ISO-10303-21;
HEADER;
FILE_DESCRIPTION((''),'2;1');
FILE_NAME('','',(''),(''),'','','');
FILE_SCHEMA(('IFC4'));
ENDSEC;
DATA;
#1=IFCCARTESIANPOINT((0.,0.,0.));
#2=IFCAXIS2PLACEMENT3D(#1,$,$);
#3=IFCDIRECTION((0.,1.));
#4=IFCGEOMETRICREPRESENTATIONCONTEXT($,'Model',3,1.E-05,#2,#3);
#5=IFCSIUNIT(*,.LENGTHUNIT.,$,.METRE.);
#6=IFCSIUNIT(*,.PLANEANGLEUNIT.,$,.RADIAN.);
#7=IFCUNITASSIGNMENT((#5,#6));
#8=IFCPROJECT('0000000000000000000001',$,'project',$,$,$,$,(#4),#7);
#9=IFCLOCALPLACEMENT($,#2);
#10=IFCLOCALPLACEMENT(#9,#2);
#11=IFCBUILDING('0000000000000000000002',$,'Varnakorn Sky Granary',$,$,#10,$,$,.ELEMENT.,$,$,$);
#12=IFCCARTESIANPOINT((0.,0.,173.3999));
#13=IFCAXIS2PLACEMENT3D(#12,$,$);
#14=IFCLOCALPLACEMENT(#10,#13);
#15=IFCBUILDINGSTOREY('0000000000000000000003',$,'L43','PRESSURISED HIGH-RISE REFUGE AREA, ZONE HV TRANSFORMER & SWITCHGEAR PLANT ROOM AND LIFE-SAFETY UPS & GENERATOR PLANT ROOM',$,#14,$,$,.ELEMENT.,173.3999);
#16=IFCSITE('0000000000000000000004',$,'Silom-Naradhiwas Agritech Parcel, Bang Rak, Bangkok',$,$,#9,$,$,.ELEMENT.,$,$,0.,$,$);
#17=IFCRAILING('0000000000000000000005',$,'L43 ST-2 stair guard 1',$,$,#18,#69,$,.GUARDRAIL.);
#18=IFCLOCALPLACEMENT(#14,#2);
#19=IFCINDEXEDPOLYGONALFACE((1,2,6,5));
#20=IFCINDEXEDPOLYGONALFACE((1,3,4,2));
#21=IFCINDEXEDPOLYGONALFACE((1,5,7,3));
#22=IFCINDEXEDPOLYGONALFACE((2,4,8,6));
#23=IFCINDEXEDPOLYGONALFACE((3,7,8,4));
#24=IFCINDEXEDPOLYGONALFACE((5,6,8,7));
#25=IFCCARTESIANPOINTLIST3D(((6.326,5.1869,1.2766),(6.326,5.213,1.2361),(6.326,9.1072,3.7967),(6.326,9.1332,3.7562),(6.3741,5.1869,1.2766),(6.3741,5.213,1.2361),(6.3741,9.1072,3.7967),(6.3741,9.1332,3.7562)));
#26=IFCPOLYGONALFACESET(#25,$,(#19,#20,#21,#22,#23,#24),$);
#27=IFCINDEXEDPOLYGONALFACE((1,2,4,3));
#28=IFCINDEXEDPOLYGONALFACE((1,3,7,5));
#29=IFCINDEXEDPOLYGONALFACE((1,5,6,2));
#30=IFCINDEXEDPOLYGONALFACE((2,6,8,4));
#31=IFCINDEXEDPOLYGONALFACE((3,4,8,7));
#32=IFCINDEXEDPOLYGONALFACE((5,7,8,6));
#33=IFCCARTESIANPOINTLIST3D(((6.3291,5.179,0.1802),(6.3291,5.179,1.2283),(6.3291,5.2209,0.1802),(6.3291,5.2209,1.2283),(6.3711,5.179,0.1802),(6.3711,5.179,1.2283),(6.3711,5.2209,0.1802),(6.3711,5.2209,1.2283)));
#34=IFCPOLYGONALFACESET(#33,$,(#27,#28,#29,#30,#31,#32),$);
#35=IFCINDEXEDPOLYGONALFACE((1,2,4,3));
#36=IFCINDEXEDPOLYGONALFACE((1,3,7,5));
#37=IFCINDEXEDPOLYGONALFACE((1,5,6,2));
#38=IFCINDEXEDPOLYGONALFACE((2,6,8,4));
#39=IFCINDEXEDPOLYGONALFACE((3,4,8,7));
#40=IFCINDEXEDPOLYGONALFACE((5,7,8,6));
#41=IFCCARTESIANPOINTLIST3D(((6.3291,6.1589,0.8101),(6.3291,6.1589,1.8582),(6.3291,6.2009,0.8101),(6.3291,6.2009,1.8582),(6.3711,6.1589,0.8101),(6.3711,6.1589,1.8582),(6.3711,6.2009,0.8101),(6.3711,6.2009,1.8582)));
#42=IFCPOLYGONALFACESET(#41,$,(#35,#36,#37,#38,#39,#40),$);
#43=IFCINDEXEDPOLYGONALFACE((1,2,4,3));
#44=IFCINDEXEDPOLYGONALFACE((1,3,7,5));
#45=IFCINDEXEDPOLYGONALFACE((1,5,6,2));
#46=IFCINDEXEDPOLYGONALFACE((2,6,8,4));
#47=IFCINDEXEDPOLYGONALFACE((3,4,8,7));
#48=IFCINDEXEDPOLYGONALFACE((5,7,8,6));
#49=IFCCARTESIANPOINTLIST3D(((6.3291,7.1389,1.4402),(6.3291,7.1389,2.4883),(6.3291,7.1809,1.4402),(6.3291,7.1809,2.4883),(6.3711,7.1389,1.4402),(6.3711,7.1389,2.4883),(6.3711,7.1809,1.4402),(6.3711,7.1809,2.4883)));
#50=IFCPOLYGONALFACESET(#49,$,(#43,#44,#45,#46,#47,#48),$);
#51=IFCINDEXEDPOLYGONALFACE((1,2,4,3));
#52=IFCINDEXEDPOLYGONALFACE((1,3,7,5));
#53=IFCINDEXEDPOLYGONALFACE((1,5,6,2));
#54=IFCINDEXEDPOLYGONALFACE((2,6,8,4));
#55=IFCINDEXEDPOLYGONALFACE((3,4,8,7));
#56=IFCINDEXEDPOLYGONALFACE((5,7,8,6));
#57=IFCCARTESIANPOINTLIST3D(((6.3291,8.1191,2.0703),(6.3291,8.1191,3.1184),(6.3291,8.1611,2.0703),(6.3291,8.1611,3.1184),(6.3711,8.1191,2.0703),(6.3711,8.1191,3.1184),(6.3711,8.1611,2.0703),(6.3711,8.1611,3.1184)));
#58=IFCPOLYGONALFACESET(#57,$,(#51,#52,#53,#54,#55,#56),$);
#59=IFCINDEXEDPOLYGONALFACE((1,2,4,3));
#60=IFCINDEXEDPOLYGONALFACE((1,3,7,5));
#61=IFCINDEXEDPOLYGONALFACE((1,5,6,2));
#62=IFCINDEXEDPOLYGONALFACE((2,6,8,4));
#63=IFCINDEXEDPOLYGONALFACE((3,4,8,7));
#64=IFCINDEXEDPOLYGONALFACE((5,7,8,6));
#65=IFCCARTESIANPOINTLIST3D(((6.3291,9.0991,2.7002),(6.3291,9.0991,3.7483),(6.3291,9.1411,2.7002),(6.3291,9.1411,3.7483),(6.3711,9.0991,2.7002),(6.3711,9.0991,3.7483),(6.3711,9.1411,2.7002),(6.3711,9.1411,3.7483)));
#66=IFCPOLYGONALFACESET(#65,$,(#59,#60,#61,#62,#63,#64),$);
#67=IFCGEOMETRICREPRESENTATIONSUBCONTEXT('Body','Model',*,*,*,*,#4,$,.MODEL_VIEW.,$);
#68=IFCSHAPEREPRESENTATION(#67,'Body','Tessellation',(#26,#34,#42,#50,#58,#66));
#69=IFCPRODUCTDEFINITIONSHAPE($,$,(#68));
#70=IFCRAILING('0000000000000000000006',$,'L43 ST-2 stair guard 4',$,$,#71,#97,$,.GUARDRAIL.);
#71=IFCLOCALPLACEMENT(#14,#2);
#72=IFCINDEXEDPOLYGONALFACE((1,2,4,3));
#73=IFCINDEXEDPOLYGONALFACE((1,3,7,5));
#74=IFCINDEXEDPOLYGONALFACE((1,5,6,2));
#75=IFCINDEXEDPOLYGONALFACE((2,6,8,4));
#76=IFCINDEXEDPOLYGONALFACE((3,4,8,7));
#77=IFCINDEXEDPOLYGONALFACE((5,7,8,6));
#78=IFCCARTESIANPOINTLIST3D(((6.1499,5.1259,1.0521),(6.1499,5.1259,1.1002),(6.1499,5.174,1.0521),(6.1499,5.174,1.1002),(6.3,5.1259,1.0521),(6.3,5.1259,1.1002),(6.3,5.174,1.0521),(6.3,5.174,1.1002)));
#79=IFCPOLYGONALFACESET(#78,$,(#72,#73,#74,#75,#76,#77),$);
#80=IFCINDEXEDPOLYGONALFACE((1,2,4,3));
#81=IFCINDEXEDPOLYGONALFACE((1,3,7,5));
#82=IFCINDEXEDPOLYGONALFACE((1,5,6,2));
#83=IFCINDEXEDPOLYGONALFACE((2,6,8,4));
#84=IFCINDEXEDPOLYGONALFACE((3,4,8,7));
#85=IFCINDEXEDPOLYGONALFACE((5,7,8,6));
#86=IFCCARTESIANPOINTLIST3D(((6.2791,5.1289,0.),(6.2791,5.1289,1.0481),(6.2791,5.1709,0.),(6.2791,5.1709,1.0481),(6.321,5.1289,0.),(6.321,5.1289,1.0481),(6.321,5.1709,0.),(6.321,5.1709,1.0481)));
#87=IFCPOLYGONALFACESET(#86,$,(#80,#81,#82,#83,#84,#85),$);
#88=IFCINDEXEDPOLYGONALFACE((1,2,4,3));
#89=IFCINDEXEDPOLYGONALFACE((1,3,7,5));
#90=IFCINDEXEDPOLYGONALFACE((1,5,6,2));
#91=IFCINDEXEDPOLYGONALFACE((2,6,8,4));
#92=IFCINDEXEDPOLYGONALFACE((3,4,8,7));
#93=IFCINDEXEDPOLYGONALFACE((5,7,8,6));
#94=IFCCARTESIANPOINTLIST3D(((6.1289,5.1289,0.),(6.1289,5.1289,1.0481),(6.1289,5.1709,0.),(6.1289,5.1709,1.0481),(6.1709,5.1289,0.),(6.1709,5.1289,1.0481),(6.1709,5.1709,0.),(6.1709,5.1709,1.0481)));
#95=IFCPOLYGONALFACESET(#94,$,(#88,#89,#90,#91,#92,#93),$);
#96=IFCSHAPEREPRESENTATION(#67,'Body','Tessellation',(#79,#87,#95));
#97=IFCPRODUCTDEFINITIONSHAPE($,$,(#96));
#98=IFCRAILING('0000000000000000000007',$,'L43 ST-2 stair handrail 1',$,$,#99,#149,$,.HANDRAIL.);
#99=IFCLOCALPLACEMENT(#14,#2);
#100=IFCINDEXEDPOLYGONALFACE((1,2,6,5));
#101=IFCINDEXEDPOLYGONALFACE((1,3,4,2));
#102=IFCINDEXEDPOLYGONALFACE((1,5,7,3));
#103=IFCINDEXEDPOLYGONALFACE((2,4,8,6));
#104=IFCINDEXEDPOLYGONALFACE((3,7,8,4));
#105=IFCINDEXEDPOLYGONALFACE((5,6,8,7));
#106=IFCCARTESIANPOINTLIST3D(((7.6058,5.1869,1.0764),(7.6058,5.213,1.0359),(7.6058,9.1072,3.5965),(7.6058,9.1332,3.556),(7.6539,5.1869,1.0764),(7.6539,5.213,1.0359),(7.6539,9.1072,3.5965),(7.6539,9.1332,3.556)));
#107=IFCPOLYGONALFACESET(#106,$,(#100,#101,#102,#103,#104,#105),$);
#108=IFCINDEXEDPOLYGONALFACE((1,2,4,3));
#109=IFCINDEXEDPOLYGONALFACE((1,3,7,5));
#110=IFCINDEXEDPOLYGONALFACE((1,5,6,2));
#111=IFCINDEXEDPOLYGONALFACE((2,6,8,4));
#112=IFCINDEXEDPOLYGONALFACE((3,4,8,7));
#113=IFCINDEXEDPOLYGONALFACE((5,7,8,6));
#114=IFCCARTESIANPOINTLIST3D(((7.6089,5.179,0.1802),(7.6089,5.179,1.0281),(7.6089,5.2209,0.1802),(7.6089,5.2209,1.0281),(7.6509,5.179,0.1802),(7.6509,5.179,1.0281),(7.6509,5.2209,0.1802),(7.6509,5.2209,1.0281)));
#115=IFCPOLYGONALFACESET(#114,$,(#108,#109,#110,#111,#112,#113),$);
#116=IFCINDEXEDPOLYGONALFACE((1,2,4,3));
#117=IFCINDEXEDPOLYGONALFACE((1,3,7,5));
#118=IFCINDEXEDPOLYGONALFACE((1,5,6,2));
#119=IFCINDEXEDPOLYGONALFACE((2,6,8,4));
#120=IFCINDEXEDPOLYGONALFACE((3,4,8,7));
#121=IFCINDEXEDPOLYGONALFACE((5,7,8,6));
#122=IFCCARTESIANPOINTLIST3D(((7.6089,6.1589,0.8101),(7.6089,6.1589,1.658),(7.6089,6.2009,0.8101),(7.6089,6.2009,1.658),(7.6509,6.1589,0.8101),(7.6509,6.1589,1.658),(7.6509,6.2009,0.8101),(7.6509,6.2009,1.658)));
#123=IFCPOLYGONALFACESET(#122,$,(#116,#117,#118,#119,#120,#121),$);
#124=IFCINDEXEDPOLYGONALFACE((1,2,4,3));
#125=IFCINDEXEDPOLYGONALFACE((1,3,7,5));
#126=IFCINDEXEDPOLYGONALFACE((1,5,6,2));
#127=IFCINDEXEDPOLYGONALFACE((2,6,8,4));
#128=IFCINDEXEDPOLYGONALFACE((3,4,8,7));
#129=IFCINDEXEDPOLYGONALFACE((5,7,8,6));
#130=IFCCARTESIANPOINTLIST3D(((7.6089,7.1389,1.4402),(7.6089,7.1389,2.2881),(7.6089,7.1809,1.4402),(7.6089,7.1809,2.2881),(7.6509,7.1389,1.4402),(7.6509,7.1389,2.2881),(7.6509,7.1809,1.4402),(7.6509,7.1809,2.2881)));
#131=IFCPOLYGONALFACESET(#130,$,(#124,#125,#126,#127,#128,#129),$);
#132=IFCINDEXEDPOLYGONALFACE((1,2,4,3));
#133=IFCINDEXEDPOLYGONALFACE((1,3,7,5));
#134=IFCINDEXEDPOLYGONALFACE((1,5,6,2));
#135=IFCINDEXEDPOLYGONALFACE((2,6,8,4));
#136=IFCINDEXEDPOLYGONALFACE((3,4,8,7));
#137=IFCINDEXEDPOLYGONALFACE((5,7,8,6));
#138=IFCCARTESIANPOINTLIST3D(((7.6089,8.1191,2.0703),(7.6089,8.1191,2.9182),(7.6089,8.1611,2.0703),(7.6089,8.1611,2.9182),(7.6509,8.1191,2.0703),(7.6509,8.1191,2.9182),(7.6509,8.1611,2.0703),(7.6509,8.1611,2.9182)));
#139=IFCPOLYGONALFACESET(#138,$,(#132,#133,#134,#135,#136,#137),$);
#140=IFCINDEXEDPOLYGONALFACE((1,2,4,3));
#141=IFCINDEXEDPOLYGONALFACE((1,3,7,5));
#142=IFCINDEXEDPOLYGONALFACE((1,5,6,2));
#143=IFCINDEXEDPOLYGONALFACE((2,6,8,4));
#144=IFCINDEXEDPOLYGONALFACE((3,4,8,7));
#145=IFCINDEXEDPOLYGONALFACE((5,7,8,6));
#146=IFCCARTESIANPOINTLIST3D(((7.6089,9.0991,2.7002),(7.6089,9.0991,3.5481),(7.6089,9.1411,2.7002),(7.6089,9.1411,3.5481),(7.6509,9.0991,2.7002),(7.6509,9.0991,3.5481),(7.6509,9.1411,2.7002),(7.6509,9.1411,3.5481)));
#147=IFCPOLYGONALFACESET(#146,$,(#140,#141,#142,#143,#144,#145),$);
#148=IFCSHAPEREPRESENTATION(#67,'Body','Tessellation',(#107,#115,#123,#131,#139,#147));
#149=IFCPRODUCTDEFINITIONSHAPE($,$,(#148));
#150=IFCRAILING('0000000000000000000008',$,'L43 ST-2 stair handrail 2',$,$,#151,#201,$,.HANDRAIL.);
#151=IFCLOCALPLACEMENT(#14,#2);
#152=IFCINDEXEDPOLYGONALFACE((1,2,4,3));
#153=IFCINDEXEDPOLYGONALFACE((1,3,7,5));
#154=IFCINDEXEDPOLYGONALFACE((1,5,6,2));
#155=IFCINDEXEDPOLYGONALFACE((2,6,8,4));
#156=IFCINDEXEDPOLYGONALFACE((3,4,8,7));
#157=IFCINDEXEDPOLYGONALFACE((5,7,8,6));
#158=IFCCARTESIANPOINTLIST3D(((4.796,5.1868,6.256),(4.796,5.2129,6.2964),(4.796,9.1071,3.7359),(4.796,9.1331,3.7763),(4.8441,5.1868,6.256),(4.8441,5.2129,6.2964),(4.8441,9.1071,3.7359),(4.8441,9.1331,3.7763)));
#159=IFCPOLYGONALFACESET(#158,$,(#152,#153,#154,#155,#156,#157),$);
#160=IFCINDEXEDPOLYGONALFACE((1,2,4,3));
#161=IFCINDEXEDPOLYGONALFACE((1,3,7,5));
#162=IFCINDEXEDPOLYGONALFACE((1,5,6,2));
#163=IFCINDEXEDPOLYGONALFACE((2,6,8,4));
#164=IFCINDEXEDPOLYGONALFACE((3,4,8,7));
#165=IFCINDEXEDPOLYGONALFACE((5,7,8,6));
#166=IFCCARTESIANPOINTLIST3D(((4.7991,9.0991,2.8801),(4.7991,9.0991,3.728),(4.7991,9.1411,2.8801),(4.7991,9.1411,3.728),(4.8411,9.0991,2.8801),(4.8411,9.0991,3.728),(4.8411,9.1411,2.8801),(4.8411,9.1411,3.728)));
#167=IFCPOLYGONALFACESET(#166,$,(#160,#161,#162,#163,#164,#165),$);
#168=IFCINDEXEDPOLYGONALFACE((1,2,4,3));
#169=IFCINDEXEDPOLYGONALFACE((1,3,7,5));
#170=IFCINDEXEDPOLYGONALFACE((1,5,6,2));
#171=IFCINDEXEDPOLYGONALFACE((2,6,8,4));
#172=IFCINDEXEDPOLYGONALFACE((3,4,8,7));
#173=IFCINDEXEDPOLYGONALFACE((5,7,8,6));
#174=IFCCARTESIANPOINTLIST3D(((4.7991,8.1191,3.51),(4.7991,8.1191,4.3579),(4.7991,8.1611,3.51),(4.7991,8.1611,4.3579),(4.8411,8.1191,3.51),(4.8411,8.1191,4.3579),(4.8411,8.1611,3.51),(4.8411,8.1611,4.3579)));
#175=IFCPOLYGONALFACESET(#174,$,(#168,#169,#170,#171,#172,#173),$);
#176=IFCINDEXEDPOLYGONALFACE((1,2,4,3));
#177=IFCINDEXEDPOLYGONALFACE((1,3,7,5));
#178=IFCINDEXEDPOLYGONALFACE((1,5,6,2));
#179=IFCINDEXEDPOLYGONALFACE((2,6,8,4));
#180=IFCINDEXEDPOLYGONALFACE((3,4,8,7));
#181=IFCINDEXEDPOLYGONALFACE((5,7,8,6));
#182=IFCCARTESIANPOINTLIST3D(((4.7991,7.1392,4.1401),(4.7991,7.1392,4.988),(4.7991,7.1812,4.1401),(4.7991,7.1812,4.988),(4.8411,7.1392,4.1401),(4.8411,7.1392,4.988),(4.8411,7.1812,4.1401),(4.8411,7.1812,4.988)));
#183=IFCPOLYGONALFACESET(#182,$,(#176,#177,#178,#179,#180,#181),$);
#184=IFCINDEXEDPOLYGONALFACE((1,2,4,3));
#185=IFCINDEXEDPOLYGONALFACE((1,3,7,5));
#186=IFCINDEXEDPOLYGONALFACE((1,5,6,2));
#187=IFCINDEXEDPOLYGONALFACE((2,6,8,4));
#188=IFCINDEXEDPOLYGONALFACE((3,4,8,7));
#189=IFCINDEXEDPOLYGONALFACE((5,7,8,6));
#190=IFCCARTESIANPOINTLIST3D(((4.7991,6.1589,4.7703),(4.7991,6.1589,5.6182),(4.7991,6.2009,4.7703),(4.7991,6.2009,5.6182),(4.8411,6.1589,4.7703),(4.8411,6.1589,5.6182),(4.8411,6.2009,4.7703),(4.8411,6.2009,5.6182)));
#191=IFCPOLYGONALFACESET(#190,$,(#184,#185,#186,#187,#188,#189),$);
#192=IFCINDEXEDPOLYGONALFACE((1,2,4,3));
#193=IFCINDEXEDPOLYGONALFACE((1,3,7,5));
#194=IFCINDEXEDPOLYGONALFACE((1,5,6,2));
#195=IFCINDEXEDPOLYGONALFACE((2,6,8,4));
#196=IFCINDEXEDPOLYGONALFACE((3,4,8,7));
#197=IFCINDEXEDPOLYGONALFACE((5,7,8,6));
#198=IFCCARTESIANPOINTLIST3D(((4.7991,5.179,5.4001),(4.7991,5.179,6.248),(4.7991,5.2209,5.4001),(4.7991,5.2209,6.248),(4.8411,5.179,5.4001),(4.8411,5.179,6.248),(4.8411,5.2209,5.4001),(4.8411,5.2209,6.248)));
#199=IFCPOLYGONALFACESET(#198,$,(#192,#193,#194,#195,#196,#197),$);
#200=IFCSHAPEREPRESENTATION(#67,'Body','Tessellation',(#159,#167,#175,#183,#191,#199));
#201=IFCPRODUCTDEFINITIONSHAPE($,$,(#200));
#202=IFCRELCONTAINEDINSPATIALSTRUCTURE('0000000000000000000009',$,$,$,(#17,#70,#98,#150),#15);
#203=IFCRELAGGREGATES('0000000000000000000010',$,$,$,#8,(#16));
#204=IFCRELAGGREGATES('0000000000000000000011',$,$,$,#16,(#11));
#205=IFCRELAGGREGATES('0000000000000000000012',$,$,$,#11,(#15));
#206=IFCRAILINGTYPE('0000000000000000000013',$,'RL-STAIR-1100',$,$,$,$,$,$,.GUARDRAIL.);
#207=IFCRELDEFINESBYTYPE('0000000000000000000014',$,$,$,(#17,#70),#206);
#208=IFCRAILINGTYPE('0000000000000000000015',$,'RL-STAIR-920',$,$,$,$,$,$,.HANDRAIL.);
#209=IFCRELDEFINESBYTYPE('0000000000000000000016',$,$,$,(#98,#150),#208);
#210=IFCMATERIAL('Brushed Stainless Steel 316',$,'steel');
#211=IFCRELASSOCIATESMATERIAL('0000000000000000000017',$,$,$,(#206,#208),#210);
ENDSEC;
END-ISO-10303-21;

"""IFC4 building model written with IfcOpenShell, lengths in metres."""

from ifc_helpers import new_model, si_unit, direction, frame, origin, origin_2d, place, context, subcontext, project, spatial, rectangle, extrude, material, type_object, element, save


model = new_model("IFC4")

# Units and contexts
model_context = context("Model", 3, precision=1e-05, world=origin(), true_north=direction((0.0, 1.0)))
body_context = subcontext(model_context, "Body", "Model", "MODEL_VIEW")
ifc_project = project(units=[si_unit("LENGTHUNIT", "METRE"), si_unit("PLANEANGLEUNIT", "RADIAN")], contexts=[model_context])

# Site, building, storey
site_placement = place(None, origin())
site = spatial("IfcSite", under=ifc_project, at=site_placement, Name="Silom-Naradhiwas Agritech Parcel, Bang Rak, Bangkok", CompositionType="ELEMENT", RefElevation=0.0)
building_placement = place(site_placement, origin())
building = spatial("IfcBuilding", under=site, at=building_placement, Name="Varnakorn Sky Granary", CompositionType="ELEMENT")
storey_placement = place(building_placement, frame((0.0, 0.0, 173.3999)))
storey = spatial("IfcBuildingStorey", under=building, at=storey_placement, Name="L43", Description="PRESSURISED HIGH-RISE REFUGE AREA, ZONE HV TRANSFORMER & SWITCHGEAR PLANT ROOM AND LIFE-SAFETY UPS & GENERATOR PLANT ROOM", CompositionType="ELEMENT", Elevation=173.3999)

# Railings
ifc_material_1 = material(Name="Brushed Stainless Steel 316", Category="steel")
railing_type_1 = type_object("IfcRailingType", Name="RL-STAIR-1100", PredefinedType="GUARDRAIL", material=ifc_material_1)
railing_1_placement = place(storey_placement, frame((6.3501, 5.2, 0.1802)))
element("IfcRailing", 1, at=railing_1_placement, inside=storey, type_object=railing_type_1, Name="L43 ST-2 stair guard 1", PredefinedType="GUARDRAIL", context=body_context, shape_type="SweptSolid", body=[
    extrude(rectangle(XDim=0.0481, YDim=0.0481, at=origin_2d()), frame((0.0, 0.0, 1.0762), z_axis=(0.0, 0.841187, 0.540744), x_axis=(-1.0, 0.0, 0.0)), (0.0, 0.0, 1.0), 4.6604),
    extrude(rectangle(XDim=0.042, YDim=0.042, at=origin_2d()), origin(), (0.0, 0.0, 1.0), 1.0481),
    extrude(rectangle(XDim=0.042, YDim=0.042, at=origin_2d()), frame((0.0, 0.98, 0.6299)), (0.0, 0.0, 1.0), 1.0481),
    extrude(rectangle(XDim=0.042, YDim=0.042, at=origin_2d()), frame((0.0, 1.96, 1.26)), (0.0, 0.0, 1.0), 1.0481),
    extrude(rectangle(XDim=0.042, YDim=0.042, at=origin_2d()), frame((0.0, 2.9402, 1.8901)), (0.0, 0.0, 1.0), 1.0481),
    extrude(rectangle(XDim=0.042, YDim=0.042, at=origin_2d()), frame((0.0, 3.9202, 2.52)), (0.0, 0.0, 1.0), 1.0481),
])
railing_2_placement = place(storey_placement, frame((6.3, 5.1499, 0.0)))
element("IfcRailing", 2, at=railing_2_placement, inside=storey, type_object=railing_type_1, Name="L43 ST-2 stair guard 4", PredefinedType="GUARDRAIL", context=body_context, shape_type="SweptSolid", body=[
    extrude(rectangle(XDim=0.0481, YDim=0.0481, at=origin_2d()), frame((0.0, 0.0, 1.0762), z_axis=(-1.0, 0.0, 0.0), x_axis=(0.0, -1.0, 0.0)), (0.0, 0.0, 1.0), 0.1501),
    extrude(rectangle(XDim=0.042, YDim=0.042, at=origin_2d()), origin(), (0.0, 0.0, 1.0), 1.0481),
    extrude(rectangle(XDim=0.042, YDim=0.042, at=origin_2d()), frame((-0.1501, 0.0, 0.0)), (0.0, 0.0, 1.0), 1.0481),
])
railing_type_2 = type_object("IfcRailingType", Name="RL-STAIR-920", PredefinedType="HANDRAIL", material=ifc_material_1)
railing_3_placement = place(storey_placement, frame((7.6299, 5.2, 0.1802)))
element("IfcRailing", 3, at=railing_3_placement, inside=storey, type_object=railing_type_2, Name="L43 ST-2 stair handrail 1", PredefinedType="HANDRAIL", context=body_context, shape_type="SweptSolid", body=[
    extrude(rectangle(XDim=0.0481, YDim=0.0481, at=origin_2d()), frame((0.0, 0.0, 0.876), z_axis=(0.0, 0.841187, 0.540744), x_axis=(-1.0, 0.0, 0.0)), (0.0, 0.0, 1.0), 4.6604),
    extrude(rectangle(XDim=0.042, YDim=0.042, at=origin_2d()), origin(), (0.0, 0.0, 1.0), 0.8479),
    extrude(rectangle(XDim=0.042, YDim=0.042, at=origin_2d()), frame((0.0, 0.98, 0.6299)), (0.0, 0.0, 1.0), 0.8479),
    extrude(rectangle(XDim=0.042, YDim=0.042, at=origin_2d()), frame((0.0, 1.96, 1.26)), (0.0, 0.0, 1.0), 0.8479),
    extrude(rectangle(XDim=0.042, YDim=0.042, at=origin_2d()), frame((0.0, 2.9402, 1.8901)), (0.0, 0.0, 1.0), 0.8479),
    extrude(rectangle(XDim=0.042, YDim=0.042, at=origin_2d()), frame((0.0, 3.9202, 2.52)), (0.0, 0.0, 1.0), 0.8479),
])
railing_4_placement = place(storey_placement, frame((4.8201, 9.1201, 2.8801)))
element("IfcRailing", 4, at=railing_4_placement, inside=storey, type_object=railing_type_2, Name="L43 ST-2 stair handrail 2", PredefinedType="HANDRAIL", context=body_context, shape_type="SweptSolid", body=[
    extrude(rectangle(XDim=0.0481, YDim=0.0481, at=origin_2d()), frame((0.0, 0.0, 0.876), z_axis=(0.0, -0.841187, 0.540744), x_axis=(1.0, 0.0, 0.0)), (0.0, 0.0, 1.0), 4.6604),
    extrude(rectangle(XDim=0.042, YDim=0.042, at=origin_2d()), origin(), (0.0, 0.0, 1.0), 0.8479),
    extrude(rectangle(XDim=0.042, YDim=0.042, at=origin_2d()), frame((0.0, -0.98, 0.6299)), (0.0, 0.0, 1.0), 0.8479),
    extrude(rectangle(XDim=0.042, YDim=0.042, at=origin_2d()), frame((0.0, -1.96, 1.26)), (0.0, 0.0, 1.0), 0.8479),
    extrude(rectangle(XDim=0.042, YDim=0.042, at=origin_2d()), frame((0.0, -2.9402, 1.8901)), (0.0, 0.0, 1.0), 0.8479),
    extrude(rectangle(XDim=0.042, YDim=0.042, at=origin_2d()), frame((0.0, -3.9202, 2.52)), (0.0, 0.0, 1.0), 0.8479),
])

save(model, "model.ifc")
